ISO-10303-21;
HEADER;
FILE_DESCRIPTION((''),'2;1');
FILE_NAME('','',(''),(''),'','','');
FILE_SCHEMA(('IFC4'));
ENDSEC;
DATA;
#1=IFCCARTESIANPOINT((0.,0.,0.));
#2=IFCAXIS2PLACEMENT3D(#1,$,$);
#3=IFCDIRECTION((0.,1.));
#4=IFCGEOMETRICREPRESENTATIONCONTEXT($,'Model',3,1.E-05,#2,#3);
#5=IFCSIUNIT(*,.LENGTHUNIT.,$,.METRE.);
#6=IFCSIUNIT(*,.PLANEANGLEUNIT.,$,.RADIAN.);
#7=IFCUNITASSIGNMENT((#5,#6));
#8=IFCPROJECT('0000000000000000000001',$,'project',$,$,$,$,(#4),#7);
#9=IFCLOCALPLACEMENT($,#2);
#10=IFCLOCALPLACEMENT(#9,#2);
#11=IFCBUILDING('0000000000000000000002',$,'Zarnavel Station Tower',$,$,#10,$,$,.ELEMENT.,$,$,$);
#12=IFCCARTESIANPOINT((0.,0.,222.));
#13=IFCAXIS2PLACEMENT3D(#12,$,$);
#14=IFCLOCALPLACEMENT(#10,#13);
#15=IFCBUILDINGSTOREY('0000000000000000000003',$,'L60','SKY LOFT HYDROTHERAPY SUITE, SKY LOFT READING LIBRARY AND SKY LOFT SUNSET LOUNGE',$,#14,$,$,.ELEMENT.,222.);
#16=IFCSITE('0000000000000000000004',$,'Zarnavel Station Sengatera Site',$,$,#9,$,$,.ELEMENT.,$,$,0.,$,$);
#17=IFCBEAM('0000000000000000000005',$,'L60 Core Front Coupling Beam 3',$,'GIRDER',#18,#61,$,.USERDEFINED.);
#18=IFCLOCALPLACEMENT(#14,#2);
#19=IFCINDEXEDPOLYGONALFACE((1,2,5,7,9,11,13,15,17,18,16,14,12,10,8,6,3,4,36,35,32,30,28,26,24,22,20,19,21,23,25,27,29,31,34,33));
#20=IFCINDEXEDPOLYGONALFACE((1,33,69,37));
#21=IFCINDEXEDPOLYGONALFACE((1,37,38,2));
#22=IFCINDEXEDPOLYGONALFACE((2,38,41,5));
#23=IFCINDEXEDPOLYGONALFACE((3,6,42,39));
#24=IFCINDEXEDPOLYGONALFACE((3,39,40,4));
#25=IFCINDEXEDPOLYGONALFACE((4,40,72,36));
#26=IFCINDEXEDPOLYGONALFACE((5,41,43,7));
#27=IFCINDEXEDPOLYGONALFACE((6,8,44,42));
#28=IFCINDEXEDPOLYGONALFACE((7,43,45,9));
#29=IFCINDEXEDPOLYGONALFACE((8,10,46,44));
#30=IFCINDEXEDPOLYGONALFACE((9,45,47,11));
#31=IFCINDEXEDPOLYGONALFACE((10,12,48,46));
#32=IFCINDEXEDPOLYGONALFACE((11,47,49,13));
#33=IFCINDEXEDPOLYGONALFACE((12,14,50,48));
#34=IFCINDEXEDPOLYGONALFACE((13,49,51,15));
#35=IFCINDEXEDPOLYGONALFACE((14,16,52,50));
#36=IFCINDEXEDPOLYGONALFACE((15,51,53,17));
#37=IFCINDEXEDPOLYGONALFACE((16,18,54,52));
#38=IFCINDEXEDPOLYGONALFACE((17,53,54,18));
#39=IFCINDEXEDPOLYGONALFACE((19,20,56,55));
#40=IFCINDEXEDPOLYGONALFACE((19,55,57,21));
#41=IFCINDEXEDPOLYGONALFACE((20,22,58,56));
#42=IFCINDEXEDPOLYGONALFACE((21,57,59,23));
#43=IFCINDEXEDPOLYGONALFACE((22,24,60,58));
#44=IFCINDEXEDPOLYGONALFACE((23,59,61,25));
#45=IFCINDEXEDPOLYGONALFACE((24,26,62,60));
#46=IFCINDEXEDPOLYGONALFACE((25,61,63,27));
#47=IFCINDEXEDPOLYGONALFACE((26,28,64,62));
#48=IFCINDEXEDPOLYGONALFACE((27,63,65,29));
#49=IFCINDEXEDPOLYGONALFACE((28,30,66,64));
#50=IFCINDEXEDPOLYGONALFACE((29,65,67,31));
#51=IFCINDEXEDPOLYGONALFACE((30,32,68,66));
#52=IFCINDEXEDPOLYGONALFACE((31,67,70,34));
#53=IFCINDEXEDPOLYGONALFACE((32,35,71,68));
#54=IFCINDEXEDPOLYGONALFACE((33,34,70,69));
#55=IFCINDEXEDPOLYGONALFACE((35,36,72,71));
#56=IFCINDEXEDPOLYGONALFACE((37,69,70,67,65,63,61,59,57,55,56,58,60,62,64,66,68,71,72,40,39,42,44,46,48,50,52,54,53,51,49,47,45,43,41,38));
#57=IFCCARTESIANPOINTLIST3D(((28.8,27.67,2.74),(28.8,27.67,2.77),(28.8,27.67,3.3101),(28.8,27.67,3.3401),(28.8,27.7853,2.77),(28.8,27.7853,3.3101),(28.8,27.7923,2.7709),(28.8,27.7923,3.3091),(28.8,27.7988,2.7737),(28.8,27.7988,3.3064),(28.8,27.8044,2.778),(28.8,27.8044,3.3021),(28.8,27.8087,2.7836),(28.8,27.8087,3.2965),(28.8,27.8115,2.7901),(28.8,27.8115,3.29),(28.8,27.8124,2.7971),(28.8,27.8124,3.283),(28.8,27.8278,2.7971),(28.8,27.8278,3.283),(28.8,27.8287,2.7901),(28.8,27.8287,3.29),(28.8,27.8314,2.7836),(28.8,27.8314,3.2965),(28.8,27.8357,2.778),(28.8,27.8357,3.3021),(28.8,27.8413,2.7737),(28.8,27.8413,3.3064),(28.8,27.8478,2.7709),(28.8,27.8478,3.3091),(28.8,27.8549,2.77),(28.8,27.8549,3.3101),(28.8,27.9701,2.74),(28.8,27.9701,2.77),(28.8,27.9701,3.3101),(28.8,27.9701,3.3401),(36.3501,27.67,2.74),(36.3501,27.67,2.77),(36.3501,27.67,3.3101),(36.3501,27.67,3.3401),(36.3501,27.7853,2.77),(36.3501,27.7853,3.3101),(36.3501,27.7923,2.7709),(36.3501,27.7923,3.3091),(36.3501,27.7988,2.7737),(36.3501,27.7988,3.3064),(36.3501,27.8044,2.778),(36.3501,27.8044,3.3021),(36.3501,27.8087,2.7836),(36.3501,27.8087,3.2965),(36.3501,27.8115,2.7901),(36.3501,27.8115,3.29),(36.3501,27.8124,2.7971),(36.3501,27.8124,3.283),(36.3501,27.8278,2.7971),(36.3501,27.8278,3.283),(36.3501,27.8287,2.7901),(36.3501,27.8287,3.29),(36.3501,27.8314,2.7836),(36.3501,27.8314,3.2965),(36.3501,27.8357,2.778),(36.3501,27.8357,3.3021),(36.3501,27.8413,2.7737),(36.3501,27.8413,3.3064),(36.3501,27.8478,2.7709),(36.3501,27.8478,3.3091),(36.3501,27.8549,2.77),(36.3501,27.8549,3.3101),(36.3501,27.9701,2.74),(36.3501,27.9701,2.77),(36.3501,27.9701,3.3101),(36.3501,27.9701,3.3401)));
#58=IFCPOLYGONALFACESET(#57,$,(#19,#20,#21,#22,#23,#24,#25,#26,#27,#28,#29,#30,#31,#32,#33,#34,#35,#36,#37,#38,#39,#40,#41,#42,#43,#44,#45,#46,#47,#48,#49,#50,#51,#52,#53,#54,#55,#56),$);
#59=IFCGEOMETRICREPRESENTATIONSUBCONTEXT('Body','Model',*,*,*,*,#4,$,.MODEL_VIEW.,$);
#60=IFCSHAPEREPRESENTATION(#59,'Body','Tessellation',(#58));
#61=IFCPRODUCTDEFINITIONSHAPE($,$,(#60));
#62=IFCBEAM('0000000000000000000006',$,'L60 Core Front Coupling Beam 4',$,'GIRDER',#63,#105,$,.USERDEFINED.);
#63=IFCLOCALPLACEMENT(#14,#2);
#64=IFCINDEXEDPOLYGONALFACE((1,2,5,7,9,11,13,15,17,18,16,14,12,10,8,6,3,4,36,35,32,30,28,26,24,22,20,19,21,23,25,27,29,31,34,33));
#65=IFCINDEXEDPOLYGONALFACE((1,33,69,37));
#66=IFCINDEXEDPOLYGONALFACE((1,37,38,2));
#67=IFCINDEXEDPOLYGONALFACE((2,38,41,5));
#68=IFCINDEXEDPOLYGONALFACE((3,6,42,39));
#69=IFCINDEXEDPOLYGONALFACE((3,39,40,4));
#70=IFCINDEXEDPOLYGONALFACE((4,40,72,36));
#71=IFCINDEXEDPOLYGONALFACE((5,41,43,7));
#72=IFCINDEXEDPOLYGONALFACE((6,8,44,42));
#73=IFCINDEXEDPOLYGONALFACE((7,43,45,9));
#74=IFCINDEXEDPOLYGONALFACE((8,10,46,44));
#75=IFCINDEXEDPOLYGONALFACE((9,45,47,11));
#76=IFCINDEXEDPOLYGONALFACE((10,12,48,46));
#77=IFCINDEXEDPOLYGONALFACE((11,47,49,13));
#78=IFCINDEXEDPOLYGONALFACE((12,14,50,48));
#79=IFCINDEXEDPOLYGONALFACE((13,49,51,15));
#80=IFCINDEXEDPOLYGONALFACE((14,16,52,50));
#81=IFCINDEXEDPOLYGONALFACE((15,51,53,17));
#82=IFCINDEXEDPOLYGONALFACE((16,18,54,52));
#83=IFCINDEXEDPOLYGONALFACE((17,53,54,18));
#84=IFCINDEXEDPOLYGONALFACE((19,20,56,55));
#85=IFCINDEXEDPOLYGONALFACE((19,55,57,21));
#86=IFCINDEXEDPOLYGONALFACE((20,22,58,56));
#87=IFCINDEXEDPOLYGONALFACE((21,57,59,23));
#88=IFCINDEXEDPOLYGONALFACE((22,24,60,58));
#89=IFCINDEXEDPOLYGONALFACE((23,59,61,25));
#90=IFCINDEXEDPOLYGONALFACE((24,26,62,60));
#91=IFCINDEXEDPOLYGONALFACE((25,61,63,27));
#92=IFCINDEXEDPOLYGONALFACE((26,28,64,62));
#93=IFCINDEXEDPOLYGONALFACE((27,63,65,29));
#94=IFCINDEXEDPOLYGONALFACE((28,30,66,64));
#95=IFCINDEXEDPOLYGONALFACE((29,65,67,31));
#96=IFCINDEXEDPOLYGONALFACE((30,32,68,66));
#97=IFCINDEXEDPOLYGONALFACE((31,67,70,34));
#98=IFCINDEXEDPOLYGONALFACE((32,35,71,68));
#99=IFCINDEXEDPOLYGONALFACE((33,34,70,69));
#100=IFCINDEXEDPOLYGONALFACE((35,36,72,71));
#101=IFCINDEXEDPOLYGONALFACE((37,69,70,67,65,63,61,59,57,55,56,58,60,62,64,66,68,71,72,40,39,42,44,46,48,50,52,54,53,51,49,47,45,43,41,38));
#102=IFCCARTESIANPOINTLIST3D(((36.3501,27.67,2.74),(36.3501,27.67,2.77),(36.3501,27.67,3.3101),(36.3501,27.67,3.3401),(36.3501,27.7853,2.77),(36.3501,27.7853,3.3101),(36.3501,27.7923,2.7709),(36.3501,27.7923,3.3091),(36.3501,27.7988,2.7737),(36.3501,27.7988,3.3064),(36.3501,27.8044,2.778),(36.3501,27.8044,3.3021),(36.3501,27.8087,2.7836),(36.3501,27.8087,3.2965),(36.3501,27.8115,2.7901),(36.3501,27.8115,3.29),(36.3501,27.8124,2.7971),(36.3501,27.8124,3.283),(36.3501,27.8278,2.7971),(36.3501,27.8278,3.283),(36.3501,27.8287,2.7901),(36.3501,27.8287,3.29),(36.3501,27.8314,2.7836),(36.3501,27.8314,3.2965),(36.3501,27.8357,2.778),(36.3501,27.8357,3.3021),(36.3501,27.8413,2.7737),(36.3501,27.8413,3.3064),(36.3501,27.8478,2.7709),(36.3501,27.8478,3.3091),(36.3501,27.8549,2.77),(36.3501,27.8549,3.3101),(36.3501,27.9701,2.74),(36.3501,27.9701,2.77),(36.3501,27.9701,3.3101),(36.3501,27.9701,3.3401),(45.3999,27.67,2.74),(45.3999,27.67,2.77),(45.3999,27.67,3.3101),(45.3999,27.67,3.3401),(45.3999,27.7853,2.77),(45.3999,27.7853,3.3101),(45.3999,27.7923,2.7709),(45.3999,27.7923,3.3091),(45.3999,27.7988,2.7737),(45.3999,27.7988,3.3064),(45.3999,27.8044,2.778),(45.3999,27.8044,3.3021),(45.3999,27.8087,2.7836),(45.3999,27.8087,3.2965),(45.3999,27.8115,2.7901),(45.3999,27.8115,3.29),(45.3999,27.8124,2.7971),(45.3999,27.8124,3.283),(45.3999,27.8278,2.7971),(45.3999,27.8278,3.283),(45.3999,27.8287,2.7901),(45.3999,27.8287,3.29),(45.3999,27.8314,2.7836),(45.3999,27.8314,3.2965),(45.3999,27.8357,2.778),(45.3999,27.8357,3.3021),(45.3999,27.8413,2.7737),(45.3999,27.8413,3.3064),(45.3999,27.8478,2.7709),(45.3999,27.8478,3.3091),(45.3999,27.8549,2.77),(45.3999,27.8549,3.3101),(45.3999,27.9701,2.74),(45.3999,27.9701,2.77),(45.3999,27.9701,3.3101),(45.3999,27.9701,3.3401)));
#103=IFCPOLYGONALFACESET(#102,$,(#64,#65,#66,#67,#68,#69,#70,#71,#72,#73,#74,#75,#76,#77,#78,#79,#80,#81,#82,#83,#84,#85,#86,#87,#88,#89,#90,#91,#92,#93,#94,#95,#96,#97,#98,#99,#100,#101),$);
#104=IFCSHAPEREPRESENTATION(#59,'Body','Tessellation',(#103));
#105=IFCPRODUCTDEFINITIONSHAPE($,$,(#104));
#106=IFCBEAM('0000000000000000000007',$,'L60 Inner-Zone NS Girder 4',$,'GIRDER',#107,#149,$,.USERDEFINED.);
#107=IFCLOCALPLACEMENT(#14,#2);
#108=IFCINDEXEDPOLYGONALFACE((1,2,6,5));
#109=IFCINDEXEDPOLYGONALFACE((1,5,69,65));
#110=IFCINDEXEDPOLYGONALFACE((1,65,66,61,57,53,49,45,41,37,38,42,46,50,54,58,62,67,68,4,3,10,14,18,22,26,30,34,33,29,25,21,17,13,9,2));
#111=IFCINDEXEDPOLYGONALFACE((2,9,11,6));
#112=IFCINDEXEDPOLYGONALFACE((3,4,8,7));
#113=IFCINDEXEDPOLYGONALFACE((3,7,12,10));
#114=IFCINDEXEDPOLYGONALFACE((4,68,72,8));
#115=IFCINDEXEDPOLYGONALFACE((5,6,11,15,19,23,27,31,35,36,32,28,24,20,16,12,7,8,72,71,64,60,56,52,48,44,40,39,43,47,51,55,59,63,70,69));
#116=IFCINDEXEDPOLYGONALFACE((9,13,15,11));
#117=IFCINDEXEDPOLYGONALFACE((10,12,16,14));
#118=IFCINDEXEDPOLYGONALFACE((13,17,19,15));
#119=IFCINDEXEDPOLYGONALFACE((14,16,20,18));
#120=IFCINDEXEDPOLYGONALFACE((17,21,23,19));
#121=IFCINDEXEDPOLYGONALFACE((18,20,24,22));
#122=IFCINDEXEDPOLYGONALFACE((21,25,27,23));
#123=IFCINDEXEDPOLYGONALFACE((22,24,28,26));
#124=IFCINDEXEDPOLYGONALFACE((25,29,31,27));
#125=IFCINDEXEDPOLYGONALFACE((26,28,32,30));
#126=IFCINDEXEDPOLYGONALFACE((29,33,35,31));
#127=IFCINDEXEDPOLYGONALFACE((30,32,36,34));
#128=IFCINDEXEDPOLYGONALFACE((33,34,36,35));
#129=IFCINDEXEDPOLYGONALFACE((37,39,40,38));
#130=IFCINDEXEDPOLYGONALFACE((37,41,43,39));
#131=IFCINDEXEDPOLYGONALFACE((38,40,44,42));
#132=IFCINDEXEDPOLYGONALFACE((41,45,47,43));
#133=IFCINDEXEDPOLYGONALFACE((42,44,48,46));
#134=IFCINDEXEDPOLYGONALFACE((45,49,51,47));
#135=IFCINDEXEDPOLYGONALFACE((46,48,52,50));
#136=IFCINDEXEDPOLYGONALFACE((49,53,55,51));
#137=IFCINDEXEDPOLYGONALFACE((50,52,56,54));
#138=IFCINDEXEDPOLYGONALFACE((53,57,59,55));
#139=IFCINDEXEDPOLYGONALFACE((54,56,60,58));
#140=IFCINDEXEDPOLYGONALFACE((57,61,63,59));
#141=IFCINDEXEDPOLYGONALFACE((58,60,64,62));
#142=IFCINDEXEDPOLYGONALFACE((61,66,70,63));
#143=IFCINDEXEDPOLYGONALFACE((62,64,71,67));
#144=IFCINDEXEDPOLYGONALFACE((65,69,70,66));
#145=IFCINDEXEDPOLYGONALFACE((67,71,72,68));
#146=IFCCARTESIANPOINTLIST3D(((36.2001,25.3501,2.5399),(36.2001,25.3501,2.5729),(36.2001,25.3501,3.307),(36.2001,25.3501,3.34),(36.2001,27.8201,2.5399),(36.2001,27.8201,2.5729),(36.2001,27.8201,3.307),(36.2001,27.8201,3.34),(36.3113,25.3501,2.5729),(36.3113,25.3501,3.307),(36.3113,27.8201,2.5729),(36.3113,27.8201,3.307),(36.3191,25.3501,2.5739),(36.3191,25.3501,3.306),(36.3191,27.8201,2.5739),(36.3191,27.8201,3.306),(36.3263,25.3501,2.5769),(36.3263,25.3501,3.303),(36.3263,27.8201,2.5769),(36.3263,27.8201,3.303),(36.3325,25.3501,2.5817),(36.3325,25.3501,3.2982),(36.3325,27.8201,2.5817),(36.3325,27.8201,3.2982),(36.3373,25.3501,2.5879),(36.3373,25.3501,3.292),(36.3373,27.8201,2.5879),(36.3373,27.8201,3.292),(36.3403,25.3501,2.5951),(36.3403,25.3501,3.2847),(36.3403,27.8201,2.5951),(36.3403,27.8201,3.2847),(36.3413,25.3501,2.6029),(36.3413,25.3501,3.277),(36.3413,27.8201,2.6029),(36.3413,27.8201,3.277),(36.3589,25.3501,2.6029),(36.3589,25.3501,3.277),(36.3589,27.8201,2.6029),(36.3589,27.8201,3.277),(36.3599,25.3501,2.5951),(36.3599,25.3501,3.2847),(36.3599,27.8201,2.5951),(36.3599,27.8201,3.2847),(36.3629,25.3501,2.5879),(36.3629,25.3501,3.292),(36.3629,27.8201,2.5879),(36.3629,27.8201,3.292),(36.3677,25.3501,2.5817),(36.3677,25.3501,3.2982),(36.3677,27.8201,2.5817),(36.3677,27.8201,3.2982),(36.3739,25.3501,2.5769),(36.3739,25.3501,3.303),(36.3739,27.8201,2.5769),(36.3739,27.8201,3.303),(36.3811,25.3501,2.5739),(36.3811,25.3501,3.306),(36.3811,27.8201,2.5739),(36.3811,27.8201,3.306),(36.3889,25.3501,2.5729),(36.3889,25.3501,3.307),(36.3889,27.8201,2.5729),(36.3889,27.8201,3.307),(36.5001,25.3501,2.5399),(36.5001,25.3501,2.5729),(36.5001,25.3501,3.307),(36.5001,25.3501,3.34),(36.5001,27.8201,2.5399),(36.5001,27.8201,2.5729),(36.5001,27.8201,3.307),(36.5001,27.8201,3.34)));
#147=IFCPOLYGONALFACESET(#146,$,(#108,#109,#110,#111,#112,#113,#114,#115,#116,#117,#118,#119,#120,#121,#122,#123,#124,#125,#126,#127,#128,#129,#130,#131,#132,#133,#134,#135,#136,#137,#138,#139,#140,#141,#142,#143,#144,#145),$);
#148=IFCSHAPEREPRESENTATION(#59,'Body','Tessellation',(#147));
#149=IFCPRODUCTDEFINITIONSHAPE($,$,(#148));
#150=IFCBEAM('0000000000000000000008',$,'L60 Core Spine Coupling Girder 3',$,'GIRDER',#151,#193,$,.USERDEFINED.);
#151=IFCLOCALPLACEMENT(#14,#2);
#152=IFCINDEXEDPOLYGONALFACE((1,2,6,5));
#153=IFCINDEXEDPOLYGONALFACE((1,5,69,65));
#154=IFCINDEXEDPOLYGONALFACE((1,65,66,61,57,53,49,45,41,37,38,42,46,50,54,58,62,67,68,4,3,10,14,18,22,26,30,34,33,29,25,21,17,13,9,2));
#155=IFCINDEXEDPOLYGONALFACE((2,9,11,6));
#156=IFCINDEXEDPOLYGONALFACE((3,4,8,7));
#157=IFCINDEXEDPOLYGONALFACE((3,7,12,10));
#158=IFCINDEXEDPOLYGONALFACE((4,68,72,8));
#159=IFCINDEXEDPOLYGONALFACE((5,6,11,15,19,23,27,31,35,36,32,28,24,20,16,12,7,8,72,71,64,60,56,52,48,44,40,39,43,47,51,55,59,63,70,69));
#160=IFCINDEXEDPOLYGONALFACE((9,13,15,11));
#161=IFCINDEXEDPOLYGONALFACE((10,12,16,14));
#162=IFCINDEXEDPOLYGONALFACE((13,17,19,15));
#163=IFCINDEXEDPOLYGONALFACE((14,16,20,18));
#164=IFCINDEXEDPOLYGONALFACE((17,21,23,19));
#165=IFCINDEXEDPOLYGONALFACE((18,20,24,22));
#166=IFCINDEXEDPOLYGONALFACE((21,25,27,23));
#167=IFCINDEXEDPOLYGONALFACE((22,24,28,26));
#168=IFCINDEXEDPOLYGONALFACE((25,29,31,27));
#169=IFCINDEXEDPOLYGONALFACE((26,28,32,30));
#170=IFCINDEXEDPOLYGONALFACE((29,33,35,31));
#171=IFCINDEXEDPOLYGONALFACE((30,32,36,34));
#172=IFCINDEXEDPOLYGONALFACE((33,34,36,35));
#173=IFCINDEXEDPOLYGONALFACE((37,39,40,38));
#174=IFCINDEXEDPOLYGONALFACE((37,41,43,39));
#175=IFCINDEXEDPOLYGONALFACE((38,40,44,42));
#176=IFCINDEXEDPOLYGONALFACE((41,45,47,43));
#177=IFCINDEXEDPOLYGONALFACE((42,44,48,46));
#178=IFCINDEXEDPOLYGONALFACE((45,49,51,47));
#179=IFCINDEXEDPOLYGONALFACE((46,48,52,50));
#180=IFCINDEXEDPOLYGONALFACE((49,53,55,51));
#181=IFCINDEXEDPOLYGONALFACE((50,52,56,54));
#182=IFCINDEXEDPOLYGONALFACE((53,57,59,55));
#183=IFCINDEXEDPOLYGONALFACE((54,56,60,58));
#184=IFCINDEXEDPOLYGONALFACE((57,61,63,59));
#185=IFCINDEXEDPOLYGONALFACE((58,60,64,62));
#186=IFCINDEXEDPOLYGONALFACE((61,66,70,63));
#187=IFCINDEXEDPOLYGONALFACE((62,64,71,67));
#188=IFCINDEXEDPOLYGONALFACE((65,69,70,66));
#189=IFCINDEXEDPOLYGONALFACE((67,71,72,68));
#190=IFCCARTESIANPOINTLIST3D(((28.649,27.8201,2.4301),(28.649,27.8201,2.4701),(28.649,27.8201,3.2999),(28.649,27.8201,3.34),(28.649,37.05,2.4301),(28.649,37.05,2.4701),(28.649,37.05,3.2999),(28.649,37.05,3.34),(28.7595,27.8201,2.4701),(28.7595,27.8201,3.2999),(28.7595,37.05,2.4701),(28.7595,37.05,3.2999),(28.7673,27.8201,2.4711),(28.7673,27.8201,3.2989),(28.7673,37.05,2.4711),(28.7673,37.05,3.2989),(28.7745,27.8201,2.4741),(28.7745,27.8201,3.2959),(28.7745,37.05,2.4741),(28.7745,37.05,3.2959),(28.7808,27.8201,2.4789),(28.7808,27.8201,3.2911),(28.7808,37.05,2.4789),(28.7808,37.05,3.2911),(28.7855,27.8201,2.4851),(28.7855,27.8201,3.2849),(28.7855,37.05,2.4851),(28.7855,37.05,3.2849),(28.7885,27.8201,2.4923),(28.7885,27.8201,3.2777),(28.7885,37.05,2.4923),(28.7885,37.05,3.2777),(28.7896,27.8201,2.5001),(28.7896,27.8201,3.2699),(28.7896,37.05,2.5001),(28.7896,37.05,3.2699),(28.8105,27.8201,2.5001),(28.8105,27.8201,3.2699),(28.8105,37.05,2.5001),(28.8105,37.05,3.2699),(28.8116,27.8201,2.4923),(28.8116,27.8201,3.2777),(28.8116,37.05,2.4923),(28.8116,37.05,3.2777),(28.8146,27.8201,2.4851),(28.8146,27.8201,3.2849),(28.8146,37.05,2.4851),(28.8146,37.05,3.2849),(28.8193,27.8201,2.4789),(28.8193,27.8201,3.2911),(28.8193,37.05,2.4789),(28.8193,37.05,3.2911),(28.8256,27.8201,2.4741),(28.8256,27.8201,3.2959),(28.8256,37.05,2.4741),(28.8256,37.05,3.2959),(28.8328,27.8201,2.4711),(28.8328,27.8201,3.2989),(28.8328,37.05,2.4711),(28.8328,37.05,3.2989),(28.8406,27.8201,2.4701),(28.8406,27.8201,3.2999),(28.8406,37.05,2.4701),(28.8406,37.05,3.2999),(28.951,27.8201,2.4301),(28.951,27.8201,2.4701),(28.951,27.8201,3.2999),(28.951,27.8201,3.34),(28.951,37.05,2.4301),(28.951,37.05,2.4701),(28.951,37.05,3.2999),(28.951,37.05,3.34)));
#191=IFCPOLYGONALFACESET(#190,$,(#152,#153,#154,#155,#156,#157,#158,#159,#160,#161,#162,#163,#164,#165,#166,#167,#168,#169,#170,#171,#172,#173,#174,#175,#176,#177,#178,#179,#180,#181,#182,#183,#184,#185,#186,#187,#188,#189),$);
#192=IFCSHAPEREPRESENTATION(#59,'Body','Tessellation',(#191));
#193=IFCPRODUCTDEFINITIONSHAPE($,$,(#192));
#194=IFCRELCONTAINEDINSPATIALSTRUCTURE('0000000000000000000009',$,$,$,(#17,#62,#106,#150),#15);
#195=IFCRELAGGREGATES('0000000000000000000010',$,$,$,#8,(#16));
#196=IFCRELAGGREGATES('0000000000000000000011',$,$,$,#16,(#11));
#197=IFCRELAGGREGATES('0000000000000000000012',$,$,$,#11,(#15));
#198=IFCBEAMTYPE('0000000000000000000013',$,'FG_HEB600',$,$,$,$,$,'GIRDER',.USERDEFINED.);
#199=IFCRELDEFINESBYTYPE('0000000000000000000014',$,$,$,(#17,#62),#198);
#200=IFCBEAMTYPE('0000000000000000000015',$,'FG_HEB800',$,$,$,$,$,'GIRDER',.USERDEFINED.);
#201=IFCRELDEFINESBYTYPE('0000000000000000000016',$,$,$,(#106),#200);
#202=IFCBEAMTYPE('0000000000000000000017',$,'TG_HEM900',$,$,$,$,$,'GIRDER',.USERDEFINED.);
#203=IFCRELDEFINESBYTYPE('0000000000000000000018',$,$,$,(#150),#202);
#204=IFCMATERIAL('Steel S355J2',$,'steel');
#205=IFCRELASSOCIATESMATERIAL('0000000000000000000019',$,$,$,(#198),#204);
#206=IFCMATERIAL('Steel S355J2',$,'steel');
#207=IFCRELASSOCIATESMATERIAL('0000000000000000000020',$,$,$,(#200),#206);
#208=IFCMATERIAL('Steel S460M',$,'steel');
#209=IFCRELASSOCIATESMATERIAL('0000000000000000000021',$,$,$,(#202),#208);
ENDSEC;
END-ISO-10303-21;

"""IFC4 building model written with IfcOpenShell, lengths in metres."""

from ifc_helpers import new_model, si_unit, direction, frame, origin, origin_2d, place, context, subcontext, project, spatial, i_section, extrude, material, material_profile, profile_set, type_object, element, save


model = new_model("IFC4")

# Units and contexts
model_context = context("Model", 3, precision=1e-05, world=origin(), true_north=direction((0.0, 1.0)))
body_context = subcontext(model_context, "Body", "Model", "MODEL_VIEW")
ifc_project = project(units=[si_unit("LENGTHUNIT", "METRE"), si_unit("PLANEANGLEUNIT", "RADIAN")], contexts=[model_context])

# Site, building, storey
site_placement = place(None, origin())
site = spatial("IfcSite", under=ifc_project, at=site_placement, Name="Zarnavel Station Sengatera Site", CompositionType="ELEMENT", RefElevation=0.0)
building_placement = place(site_placement, origin())
building = spatial("IfcBuilding", under=site, at=building_placement, Name="Zarnavel Station Tower", CompositionType="ELEMENT")
storey_placement = place(building_placement, frame((0.0, 0.0, 222.0)))
storey = spatial("IfcBuildingStorey", under=building, at=storey_placement, Name="L60", Description="SKY LOFT HYDROTHERAPY SUITE, SKY LOFT READING LIBRARY AND SKY LOFT SUNSET LOUNGE", CompositionType="ELEMENT", Elevation=222.0)

# Beams
ifc_material_1 = material(Name="Steel S355J2", Category="steel")
ifc_material_profile_1 = material_profile(ifc_material_1, i_section(OverallWidth=0.3, OverallDepth=0.6001, WebThickness=0.0154, FlangeThickness=0.03, FilletRadius=0.0271, at=origin_2d()), Name="HEB600")
ifc_profile_set_1 = profile_set([ifc_material_profile_1], Name="Steel S355J2")
beam_type_1 = type_object("IfcBeamType", Name="FG_HEB600", ElementType="GIRDER", PredefinedType="USERDEFINED", material=ifc_profile_set_1)
beam_1_placement = place(storey_placement, frame((28.8, 27.8201, 3.04), z_axis=(1.0, 0.0, 0.0), x_axis=(0.0, 1.0, 0.0)))
element("IfcBeam", 1, at=beam_1_placement, inside=storey, type_object=beam_type_1, Name="L60 Core Front Coupling Beam 3", ObjectType="GIRDER", PredefinedType="USERDEFINED", context=body_context, shape_type="SweptSolid", body=[
    extrude(i_section(OverallWidth=0.3, OverallDepth=0.6001, WebThickness=0.0154, FlangeThickness=0.03, FilletRadius=0.0271, at=origin_2d()), origin(), (0.0, 0.0, 1.0), 7.55),
])
beam_2_placement = place(storey_placement, frame((36.3501, 27.8201, 3.04), z_axis=(1.0, 0.0, 0.0), x_axis=(0.0, 1.0, 0.0)))
element("IfcBeam", 2, at=beam_2_placement, inside=storey, type_object=beam_type_1, Name="L60 Core Front Coupling Beam 4", ObjectType="GIRDER", PredefinedType="USERDEFINED", context=body_context, shape_type="SweptSolid", body=[
    extrude(i_section(OverallWidth=0.3, OverallDepth=0.6001, WebThickness=0.0154, FlangeThickness=0.03, FilletRadius=0.0271, at=origin_2d()), origin(), (0.0, 0.0, 1.0), 9.0498),
])
ifc_material_2 = material(Name="Steel S355J2", Category="steel")
ifc_material_profile_2 = material_profile(ifc_material_2, i_section(OverallWidth=0.3, OverallDepth=0.8, WebThickness=0.0176, FlangeThickness=0.033, FilletRadius=0.03, at=origin_2d()), Name="HEB800")
ifc_profile_set_2 = profile_set([ifc_material_profile_2], Name="Steel S355J2")
beam_type_2 = type_object("IfcBeamType", Name="FG_HEB800", ElementType="GIRDER", PredefinedType="USERDEFINED", material=ifc_profile_set_2)
beam_3_placement = place(storey_placement, frame((36.3501, 25.3501, 2.9399), z_axis=(0.0, 1.0, 0.0), x_axis=(-1.0, 0.0, 0.0)))
element("IfcBeam", 3, at=beam_3_placement, inside=storey, type_object=beam_type_2, Name="L60 Inner-Zone NS Girder 4", ObjectType="GIRDER", PredefinedType="USERDEFINED", context=body_context, shape_type="SweptSolid", body=[
    extrude(i_section(OverallWidth=0.3, OverallDepth=0.8, WebThickness=0.0176, FlangeThickness=0.033, FilletRadius=0.03, at=origin_2d()), origin(), (0.0, 0.0, 1.0), 2.47),
])
ifc_material_3 = material(Name="Steel S460M", Category="steel")
ifc_material_profile_3 = material_profile(ifc_material_3, i_section(OverallWidth=0.302, OverallDepth=0.9099, WebThickness=0.021, FlangeThickness=0.04, FilletRadius=0.03, at=origin_2d()), Name="HEM900")
ifc_profile_set_3 = profile_set([ifc_material_profile_3], Name="Steel S460M")
beam_type_3 = type_object("IfcBeamType", Name="TG_HEM900", ElementType="GIRDER", PredefinedType="USERDEFINED", material=ifc_profile_set_3)
for number, where, z_axis, x_axis, name in (
    (4, (28.8, 27.8201, 2.885), (0.0, 1.0, 0.0), (-1.0, 0.0, 0.0), "L60 Core Spine Coupling Girder 3"),
):
    element("IfcBeam", number, at=place(storey_placement, frame(where, z_axis=z_axis, x_axis=x_axis)), inside=storey, type_object=beam_type_3, Name=name, ObjectType="GIRDER", PredefinedType="USERDEFINED", context=body_context, shape_type="SweptSolid", body=[
        extrude(i_section(OverallWidth=0.302, OverallDepth=0.9099, WebThickness=0.021, FlangeThickness=0.04, FilletRadius=0.03, at=origin_2d()), origin(), (0.0, 0.0, 1.0), 9.23),
    ])

save(model, "model.ifc")
